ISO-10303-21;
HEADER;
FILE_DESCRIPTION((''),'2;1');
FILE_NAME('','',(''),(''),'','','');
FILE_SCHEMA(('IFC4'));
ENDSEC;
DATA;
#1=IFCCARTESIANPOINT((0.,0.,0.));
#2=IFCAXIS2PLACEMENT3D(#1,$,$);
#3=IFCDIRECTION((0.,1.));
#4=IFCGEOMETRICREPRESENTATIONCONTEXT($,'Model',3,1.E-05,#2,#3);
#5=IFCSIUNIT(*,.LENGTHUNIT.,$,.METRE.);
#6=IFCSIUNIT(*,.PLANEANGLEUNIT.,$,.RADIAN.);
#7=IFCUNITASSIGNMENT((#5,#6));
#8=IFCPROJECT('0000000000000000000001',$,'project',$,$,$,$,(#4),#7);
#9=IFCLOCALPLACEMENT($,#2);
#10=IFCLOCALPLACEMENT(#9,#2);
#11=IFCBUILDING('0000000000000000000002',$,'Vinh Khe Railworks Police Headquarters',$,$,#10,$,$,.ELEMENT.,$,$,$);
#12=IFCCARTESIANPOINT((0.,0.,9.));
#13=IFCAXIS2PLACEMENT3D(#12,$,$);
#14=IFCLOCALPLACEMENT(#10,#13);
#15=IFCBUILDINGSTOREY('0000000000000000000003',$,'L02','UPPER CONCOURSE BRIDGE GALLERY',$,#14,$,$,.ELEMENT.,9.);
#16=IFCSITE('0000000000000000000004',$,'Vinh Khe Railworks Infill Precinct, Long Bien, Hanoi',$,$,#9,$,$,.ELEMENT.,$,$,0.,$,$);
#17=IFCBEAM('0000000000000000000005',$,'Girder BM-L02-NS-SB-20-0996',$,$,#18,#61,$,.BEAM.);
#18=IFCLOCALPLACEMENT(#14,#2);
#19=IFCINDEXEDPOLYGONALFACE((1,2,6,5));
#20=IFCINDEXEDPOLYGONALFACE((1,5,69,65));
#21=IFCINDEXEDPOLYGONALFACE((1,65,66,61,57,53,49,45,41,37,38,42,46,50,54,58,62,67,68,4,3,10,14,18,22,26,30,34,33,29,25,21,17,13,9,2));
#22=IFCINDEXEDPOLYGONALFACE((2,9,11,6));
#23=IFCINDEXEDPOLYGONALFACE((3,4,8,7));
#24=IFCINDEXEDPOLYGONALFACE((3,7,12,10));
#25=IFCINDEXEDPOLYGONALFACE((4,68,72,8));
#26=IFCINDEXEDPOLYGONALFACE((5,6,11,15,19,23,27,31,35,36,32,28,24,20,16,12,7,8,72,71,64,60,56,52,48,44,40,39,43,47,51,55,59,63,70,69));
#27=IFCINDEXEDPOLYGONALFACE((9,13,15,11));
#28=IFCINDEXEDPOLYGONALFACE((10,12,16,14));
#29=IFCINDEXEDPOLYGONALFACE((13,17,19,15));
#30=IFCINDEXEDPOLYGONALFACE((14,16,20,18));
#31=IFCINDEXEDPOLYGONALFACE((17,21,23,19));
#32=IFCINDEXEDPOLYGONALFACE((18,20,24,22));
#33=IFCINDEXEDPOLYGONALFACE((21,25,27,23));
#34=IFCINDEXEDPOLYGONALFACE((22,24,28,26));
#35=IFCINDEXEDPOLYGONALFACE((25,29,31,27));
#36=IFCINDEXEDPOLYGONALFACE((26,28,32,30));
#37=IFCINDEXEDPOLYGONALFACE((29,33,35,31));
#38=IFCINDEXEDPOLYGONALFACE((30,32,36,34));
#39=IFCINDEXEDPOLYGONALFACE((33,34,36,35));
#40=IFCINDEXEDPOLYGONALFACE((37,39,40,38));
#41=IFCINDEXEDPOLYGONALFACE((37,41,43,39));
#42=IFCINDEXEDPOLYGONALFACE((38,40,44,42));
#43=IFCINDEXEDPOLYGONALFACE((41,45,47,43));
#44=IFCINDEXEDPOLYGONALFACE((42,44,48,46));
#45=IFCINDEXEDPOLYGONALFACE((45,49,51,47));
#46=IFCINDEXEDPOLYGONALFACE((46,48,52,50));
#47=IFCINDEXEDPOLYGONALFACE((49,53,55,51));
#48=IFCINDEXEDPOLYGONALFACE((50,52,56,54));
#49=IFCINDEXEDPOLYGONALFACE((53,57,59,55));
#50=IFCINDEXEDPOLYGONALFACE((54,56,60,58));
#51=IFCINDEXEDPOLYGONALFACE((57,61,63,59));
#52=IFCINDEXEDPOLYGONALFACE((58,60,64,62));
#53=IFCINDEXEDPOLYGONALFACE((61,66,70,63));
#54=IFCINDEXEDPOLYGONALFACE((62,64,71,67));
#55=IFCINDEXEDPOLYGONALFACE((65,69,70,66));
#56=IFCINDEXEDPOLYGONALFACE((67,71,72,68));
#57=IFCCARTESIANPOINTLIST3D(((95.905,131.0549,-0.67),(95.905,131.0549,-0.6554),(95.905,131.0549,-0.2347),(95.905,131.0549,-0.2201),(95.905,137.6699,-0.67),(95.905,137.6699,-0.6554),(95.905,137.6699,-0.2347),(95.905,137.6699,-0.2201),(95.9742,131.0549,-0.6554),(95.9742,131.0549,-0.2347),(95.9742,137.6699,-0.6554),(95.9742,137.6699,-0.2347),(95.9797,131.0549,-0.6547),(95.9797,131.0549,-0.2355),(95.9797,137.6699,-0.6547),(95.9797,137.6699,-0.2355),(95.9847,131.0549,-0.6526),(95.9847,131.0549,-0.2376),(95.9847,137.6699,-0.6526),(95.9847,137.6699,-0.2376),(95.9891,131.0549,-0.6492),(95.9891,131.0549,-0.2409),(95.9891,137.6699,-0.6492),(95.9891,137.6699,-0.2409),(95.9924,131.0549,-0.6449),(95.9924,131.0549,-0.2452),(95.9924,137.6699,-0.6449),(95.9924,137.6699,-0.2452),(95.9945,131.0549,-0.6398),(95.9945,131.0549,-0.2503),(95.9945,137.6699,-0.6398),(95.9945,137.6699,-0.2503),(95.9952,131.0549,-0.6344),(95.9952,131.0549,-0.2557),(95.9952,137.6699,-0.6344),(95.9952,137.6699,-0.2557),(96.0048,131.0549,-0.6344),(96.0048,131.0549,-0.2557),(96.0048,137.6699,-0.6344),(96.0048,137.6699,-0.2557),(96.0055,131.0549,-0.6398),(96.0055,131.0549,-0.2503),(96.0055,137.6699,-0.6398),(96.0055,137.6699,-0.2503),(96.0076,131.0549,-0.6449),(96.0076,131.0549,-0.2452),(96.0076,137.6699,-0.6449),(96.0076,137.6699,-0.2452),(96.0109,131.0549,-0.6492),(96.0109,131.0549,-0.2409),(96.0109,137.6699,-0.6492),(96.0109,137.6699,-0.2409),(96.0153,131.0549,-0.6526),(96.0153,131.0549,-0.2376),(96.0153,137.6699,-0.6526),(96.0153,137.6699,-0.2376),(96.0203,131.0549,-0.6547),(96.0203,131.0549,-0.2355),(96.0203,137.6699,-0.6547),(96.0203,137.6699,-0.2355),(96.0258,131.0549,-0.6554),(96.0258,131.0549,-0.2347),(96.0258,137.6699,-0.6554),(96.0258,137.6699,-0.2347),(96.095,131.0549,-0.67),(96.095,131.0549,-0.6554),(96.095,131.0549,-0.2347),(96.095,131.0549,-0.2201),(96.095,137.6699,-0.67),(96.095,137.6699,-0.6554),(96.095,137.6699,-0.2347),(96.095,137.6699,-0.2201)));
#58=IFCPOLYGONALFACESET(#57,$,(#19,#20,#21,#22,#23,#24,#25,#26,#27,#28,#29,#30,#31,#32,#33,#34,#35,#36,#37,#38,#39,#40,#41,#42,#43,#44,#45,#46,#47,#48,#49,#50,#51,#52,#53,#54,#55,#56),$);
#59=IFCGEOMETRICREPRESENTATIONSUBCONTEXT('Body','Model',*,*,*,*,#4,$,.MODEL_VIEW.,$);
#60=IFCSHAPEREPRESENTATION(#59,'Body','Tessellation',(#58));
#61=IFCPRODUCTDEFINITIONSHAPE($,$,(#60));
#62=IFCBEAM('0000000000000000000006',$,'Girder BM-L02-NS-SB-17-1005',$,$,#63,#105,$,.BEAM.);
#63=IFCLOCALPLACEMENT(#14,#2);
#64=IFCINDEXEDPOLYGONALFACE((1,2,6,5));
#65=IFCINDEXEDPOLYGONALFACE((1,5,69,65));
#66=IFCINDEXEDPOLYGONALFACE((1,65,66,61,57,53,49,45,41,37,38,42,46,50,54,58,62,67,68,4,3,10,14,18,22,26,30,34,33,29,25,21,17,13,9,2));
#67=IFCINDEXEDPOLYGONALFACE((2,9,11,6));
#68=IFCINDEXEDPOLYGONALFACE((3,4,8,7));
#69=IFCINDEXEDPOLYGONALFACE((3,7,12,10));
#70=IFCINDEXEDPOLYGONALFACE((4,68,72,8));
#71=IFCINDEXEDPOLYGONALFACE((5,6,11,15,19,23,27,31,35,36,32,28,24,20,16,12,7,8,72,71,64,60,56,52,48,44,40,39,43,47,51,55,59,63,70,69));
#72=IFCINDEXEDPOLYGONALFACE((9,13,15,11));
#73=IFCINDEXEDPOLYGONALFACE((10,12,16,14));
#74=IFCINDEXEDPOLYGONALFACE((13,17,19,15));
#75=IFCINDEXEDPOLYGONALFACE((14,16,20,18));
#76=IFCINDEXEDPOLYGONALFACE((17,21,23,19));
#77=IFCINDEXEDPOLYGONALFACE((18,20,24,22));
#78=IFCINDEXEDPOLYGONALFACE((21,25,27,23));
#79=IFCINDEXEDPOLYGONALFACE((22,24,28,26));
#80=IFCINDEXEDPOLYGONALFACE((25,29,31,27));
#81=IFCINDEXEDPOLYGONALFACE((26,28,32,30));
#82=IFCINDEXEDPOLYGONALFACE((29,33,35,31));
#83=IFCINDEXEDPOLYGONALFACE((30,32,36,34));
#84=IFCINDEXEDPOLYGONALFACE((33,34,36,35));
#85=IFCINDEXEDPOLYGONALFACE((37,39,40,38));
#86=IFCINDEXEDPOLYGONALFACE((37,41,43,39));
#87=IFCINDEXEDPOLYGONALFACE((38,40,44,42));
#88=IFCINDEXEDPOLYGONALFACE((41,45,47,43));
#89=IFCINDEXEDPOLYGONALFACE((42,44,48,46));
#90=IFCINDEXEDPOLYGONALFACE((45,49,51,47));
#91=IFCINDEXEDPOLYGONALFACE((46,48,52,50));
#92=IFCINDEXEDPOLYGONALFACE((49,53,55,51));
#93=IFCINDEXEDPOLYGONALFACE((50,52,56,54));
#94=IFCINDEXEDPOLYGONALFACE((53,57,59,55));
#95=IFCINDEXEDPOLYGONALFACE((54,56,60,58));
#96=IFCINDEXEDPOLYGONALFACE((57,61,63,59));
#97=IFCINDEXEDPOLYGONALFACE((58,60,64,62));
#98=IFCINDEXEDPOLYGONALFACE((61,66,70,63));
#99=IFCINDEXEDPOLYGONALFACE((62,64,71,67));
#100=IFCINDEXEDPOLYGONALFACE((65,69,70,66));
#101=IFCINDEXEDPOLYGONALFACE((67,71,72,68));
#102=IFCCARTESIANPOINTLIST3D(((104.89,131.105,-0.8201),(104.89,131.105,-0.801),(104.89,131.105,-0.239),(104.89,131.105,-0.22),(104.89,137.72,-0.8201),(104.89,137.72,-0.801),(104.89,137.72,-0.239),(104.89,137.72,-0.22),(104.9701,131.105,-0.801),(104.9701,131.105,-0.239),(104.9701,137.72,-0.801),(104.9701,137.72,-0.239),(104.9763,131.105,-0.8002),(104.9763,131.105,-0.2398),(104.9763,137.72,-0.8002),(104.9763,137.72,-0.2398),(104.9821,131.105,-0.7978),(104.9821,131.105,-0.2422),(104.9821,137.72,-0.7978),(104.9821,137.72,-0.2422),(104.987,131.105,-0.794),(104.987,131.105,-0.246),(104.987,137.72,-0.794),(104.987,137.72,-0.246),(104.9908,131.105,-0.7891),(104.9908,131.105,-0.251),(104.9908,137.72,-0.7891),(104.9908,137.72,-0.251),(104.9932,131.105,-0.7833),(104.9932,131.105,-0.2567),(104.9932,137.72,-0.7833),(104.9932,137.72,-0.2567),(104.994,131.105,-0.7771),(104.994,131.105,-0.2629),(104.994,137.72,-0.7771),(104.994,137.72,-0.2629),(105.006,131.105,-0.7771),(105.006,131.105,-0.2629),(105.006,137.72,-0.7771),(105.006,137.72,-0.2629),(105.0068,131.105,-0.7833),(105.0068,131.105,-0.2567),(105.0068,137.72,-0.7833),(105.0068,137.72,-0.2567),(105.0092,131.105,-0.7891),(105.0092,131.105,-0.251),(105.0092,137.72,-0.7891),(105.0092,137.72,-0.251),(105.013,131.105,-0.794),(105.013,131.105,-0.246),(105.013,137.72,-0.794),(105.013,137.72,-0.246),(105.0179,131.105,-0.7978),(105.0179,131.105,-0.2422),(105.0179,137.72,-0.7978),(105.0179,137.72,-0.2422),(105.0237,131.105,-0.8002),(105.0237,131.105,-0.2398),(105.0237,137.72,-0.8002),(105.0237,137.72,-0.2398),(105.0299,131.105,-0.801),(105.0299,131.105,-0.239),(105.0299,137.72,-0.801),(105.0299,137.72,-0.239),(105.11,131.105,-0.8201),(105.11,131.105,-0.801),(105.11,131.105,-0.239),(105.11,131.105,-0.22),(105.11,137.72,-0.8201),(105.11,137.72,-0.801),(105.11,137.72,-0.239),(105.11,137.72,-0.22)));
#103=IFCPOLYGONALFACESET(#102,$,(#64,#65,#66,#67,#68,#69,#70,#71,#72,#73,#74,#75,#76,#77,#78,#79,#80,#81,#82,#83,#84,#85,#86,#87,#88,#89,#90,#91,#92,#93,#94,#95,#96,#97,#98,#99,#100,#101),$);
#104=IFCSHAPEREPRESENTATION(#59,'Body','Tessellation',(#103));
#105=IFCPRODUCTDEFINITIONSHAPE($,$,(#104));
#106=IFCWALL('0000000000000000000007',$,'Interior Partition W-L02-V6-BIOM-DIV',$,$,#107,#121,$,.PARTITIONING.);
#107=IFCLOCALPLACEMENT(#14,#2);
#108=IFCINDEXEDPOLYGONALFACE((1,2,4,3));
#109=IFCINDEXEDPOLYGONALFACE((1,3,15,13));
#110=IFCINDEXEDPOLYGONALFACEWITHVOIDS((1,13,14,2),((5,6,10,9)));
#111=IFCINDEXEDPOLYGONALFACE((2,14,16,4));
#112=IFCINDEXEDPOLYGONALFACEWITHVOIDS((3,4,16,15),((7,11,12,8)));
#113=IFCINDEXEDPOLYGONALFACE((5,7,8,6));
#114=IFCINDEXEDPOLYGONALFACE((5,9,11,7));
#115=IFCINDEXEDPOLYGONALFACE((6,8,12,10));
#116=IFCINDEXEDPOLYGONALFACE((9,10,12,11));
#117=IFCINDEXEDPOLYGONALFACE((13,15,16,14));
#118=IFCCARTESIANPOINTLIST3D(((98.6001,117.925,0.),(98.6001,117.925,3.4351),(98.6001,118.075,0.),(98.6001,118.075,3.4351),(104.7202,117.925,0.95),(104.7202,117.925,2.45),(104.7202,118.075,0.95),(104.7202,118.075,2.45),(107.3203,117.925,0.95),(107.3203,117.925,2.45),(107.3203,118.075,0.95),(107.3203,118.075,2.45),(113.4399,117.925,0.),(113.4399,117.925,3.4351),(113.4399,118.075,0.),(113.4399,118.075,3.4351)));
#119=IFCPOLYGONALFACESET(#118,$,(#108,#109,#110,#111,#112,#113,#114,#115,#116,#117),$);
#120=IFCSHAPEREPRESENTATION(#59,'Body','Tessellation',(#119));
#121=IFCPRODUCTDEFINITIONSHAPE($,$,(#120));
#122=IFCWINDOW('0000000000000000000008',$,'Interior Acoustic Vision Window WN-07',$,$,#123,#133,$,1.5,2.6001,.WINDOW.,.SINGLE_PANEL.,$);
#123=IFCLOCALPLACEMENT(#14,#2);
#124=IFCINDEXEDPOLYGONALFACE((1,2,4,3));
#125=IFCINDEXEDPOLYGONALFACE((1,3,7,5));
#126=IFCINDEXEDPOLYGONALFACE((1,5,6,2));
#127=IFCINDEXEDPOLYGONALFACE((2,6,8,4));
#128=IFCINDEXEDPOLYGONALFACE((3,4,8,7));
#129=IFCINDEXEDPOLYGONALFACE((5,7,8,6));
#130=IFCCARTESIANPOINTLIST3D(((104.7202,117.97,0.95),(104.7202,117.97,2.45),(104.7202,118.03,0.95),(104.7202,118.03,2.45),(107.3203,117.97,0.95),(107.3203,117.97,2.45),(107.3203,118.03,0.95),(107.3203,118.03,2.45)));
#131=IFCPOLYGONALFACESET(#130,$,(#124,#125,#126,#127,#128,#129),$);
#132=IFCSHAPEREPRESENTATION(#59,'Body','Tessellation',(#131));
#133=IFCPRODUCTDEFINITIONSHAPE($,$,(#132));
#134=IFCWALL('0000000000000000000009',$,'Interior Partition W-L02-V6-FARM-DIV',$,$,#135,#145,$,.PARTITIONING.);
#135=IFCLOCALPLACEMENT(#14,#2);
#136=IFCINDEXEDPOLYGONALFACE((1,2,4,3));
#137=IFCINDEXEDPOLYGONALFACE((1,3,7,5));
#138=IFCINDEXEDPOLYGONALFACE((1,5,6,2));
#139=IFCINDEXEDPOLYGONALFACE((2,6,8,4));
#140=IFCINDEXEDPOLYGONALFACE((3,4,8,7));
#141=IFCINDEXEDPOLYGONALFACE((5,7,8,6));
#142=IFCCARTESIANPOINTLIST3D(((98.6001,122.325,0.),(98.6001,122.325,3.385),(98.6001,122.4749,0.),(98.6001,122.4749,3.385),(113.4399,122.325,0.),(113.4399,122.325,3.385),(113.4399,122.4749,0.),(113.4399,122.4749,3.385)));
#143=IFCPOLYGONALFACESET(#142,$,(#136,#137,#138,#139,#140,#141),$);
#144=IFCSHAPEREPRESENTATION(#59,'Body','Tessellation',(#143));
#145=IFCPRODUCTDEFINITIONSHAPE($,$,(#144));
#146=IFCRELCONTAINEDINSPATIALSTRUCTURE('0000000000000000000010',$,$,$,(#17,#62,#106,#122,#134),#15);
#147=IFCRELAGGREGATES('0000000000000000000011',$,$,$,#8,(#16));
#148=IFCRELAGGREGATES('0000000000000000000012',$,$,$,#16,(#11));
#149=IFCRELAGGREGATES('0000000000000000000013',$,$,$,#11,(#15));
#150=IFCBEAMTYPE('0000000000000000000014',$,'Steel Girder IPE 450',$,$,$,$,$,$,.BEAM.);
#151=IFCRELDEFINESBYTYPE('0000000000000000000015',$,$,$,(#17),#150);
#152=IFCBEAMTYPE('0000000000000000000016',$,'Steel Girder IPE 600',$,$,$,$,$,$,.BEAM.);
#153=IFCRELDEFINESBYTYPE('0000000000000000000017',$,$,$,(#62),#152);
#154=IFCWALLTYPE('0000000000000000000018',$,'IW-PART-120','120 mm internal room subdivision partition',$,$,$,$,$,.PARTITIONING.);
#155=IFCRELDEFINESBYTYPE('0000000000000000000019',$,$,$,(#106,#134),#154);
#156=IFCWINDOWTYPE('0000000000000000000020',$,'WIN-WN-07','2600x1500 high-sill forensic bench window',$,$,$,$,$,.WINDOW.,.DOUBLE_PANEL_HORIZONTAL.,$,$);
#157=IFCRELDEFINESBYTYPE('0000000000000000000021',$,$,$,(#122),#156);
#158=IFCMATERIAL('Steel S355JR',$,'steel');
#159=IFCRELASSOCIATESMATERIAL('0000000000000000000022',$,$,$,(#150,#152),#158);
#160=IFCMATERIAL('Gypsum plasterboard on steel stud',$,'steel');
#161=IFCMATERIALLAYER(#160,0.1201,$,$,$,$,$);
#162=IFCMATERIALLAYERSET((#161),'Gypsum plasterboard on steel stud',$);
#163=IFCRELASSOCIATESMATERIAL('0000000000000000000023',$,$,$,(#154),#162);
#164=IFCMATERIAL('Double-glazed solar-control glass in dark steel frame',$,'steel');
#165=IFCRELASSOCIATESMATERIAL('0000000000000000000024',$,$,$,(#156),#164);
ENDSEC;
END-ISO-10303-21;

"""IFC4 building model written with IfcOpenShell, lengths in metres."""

from ifc_helpers import new_model, si_unit, direction, frame, frame_2d, origin, origin_2d, place, context, subcontext, project, spatial, rectangle, i_section, extrude, material, layer, layer_set, material_profile, profile_set, type_object, element, fill, save


model = new_model("IFC4")

# Units and contexts
model_context = context("Model", 3, precision=1e-05, world=origin(), true_north=direction((0.0, 1.0)))
body_context = subcontext(model_context, "Body", "Model", "MODEL_VIEW")
ifc_project = project(units=[si_unit("LENGTHUNIT", "METRE"), si_unit("PLANEANGLEUNIT", "RADIAN")], contexts=[model_context])

# Site, building, storey
site_placement = place(None, origin())
site = spatial("IfcSite", under=ifc_project, at=site_placement, Name="Vinh Khe Railworks Infill Precinct, Long Bien, Hanoi", CompositionType="ELEMENT", RefElevation=0.0)
building_placement = place(site_placement, origin())
building = spatial("IfcBuilding", under=site, at=building_placement, Name="Vinh Khe Railworks Police Headquarters", CompositionType="ELEMENT")
storey_placement = place(building_placement, frame((0.0, 0.0, 9.0)))
storey = spatial("IfcBuildingStorey", under=building, at=storey_placement, Name="L02", Description="UPPER CONCOURSE BRIDGE GALLERY", CompositionType="ELEMENT", Elevation=9.0)

# Shared definitions
ifc_material_1 = material(Name="Steel S355JR", Category="steel")

# Beams
ifc_material_profile_1 = material_profile(ifc_material_1, i_section(OverallWidth=0.1899, OverallDepth=0.45, WebThickness=0.0095, FlangeThickness=0.0146, FilletRadius=0.021, at=origin_2d()), Name="IPE 450")
ifc_profile_set_1 = profile_set([ifc_material_profile_1], Name="Steel S355JR")
beam_type_1 = type_object("IfcBeamType", Name="Steel Girder IPE 450", PredefinedType="BEAM", material=ifc_profile_set_1)
beam_1_placement = place(storey_placement, frame((96.0, 131.0549, -0.4451), z_axis=(0.0, 1.0, 0.0), x_axis=(-1.0, 0.0, 0.0)))
element("IfcBeam", 1, at=beam_1_placement, inside=storey, type_object=beam_type_1, Name="Girder BM-L02-NS-SB-20-0996", PredefinedType="BEAM", context=body_context, shape_type="SweptSolid", body=[
    extrude(i_section(OverallWidth=0.1899, OverallDepth=0.45, WebThickness=0.0095, FlangeThickness=0.0146, FilletRadius=0.021, at=origin_2d()), origin(), (0.0, 0.0, 1.0), 6.615),
])
ifc_material_profile_2 = material_profile(ifc_material_1, i_section(OverallWidth=0.22, OverallDepth=0.6001, WebThickness=0.012, FlangeThickness=0.019, FilletRadius=0.0239, at=origin_2d()), Name="IPE 600")
ifc_profile_set_2 = profile_set([ifc_material_profile_2], Name="Steel S355JR")
beam_type_2 = type_object("IfcBeamType", Name="Steel Girder IPE 600", PredefinedType="BEAM", material=ifc_profile_set_2)
beam_2_placement = place(storey_placement, frame((105.0, 131.105, -0.52), z_axis=(0.0, 1.0, 0.0), x_axis=(-1.0, 0.0, 0.0)))
element("IfcBeam", 2, at=beam_2_placement, inside=storey, type_object=beam_type_2, Name="Girder BM-L02-NS-SB-17-1005", PredefinedType="BEAM", context=body_context, shape_type="SweptSolid", body=[
    extrude(i_section(OverallWidth=0.22, OverallDepth=0.6001, WebThickness=0.012, FlangeThickness=0.019, FilletRadius=0.0239, at=origin_2d()), origin(), (0.0, 0.0, 1.0), 6.615),
])

# Wall, opening, window
ifc_material_2 = material(Name="Gypsum plasterboard on steel stud", Category="steel")
ifc_layer_1 = layer(ifc_material_2, 0.1201)
ifc_layer_set_1 = layer_set([ifc_layer_1], Name="Gypsum plasterboard on steel stud")
wall_type_1 = type_object("IfcWallType", Name="IW-PART-120", Description="120 mm internal room subdivision partition", PredefinedType="PARTITIONING", material=ifc_layer_set_1)
wall_1_placement = place(storey_placement, frame((98.6001, 118.0, 0.0), z_axis=(0.0, 0.0, 1.0), x_axis=(1.0, 0.0, 0.0)))
wall_1 = element("IfcWall", 3, at=wall_1_placement, inside=storey, type_object=wall_type_1, Name="Interior Partition W-L02-V6-BIOM-DIV", PredefinedType="PARTITIONING", context=body_context, shape_type="SweptSolid", body=[
    extrude(rectangle(XDim=14.8398, YDim=0.1499, at=frame_2d((7.4199, 0.0))), origin(), (0.0, 0.0, 1.0), 3.4351),
])
opening_1_placement = place(wall_1_placement, frame((6.1201, 0.0, 0.95)))
opening_1 = element("IfcOpeningElement", 4, at=opening_1_placement, cuts=wall_1, PredefinedType="OPENING", context=body_context, shape_type="SweptSolid", body=[
    extrude(rectangle(XDim=2.6001, YDim=1.5, at=frame_2d((1.3, 0.75))), frame((0.0, 0.0898, 0.0), z_axis=(0.0, -1.0, 0.0), x_axis=(1.0, 0.0, 0.0)), (0.0, 0.0, 1.0), 0.1797),
])
ifc_material_3 = material(Name="Double-glazed solar-control glass in dark steel frame", Category="steel")
window_type = type_object("IfcWindowType", Name="WIN-WN-07", Description="2600x1500 high-sill forensic bench window", PartitioningType="DOUBLE_PANEL_HORIZONTAL", PredefinedType="WINDOW", material=ifc_material_3)
window_1_placement = place(opening_1_placement, origin())
window_1 = element("IfcWindow", 5, at=window_1_placement, inside=storey, type_object=window_type, Name="Interior Acoustic Vision Window WN-07", OverallHeight=1.5, OverallWidth=2.6001, PartitioningType="SINGLE_PANEL", PredefinedType="WINDOW", context=body_context, shape_type="SweptSolid", body=[
    extrude(rectangle(XDim=2.6001, YDim=1.5, at=frame_2d((1.3, 0.75))), frame((0.0, 0.03, 0.0), z_axis=(0.0, -1.0, 0.0), x_axis=(1.0, 0.0, 0.0)), (0.0, 0.0, 1.0), 0.0601),
])
fill(opening_1, window_1)

# Wall
wall_2_placement = place(storey_placement, frame((98.6001, 122.3999, 0.0), z_axis=(0.0, 0.0, 1.0), x_axis=(1.0, 0.0, 0.0)))
element("IfcWall", 6, at=wall_2_placement, inside=storey, type_object=wall_type_1, Name="Interior Partition W-L02-V6-FARM-DIV", PredefinedType="PARTITIONING", context=body_context, shape_type="SweptSolid", body=[
    extrude(rectangle(XDim=14.8398, YDim=0.1499, at=frame_2d((7.4199, 0.0))), origin(), (0.0, 0.0, 1.0), 3.385),
])

save(model, "model.ifc")
